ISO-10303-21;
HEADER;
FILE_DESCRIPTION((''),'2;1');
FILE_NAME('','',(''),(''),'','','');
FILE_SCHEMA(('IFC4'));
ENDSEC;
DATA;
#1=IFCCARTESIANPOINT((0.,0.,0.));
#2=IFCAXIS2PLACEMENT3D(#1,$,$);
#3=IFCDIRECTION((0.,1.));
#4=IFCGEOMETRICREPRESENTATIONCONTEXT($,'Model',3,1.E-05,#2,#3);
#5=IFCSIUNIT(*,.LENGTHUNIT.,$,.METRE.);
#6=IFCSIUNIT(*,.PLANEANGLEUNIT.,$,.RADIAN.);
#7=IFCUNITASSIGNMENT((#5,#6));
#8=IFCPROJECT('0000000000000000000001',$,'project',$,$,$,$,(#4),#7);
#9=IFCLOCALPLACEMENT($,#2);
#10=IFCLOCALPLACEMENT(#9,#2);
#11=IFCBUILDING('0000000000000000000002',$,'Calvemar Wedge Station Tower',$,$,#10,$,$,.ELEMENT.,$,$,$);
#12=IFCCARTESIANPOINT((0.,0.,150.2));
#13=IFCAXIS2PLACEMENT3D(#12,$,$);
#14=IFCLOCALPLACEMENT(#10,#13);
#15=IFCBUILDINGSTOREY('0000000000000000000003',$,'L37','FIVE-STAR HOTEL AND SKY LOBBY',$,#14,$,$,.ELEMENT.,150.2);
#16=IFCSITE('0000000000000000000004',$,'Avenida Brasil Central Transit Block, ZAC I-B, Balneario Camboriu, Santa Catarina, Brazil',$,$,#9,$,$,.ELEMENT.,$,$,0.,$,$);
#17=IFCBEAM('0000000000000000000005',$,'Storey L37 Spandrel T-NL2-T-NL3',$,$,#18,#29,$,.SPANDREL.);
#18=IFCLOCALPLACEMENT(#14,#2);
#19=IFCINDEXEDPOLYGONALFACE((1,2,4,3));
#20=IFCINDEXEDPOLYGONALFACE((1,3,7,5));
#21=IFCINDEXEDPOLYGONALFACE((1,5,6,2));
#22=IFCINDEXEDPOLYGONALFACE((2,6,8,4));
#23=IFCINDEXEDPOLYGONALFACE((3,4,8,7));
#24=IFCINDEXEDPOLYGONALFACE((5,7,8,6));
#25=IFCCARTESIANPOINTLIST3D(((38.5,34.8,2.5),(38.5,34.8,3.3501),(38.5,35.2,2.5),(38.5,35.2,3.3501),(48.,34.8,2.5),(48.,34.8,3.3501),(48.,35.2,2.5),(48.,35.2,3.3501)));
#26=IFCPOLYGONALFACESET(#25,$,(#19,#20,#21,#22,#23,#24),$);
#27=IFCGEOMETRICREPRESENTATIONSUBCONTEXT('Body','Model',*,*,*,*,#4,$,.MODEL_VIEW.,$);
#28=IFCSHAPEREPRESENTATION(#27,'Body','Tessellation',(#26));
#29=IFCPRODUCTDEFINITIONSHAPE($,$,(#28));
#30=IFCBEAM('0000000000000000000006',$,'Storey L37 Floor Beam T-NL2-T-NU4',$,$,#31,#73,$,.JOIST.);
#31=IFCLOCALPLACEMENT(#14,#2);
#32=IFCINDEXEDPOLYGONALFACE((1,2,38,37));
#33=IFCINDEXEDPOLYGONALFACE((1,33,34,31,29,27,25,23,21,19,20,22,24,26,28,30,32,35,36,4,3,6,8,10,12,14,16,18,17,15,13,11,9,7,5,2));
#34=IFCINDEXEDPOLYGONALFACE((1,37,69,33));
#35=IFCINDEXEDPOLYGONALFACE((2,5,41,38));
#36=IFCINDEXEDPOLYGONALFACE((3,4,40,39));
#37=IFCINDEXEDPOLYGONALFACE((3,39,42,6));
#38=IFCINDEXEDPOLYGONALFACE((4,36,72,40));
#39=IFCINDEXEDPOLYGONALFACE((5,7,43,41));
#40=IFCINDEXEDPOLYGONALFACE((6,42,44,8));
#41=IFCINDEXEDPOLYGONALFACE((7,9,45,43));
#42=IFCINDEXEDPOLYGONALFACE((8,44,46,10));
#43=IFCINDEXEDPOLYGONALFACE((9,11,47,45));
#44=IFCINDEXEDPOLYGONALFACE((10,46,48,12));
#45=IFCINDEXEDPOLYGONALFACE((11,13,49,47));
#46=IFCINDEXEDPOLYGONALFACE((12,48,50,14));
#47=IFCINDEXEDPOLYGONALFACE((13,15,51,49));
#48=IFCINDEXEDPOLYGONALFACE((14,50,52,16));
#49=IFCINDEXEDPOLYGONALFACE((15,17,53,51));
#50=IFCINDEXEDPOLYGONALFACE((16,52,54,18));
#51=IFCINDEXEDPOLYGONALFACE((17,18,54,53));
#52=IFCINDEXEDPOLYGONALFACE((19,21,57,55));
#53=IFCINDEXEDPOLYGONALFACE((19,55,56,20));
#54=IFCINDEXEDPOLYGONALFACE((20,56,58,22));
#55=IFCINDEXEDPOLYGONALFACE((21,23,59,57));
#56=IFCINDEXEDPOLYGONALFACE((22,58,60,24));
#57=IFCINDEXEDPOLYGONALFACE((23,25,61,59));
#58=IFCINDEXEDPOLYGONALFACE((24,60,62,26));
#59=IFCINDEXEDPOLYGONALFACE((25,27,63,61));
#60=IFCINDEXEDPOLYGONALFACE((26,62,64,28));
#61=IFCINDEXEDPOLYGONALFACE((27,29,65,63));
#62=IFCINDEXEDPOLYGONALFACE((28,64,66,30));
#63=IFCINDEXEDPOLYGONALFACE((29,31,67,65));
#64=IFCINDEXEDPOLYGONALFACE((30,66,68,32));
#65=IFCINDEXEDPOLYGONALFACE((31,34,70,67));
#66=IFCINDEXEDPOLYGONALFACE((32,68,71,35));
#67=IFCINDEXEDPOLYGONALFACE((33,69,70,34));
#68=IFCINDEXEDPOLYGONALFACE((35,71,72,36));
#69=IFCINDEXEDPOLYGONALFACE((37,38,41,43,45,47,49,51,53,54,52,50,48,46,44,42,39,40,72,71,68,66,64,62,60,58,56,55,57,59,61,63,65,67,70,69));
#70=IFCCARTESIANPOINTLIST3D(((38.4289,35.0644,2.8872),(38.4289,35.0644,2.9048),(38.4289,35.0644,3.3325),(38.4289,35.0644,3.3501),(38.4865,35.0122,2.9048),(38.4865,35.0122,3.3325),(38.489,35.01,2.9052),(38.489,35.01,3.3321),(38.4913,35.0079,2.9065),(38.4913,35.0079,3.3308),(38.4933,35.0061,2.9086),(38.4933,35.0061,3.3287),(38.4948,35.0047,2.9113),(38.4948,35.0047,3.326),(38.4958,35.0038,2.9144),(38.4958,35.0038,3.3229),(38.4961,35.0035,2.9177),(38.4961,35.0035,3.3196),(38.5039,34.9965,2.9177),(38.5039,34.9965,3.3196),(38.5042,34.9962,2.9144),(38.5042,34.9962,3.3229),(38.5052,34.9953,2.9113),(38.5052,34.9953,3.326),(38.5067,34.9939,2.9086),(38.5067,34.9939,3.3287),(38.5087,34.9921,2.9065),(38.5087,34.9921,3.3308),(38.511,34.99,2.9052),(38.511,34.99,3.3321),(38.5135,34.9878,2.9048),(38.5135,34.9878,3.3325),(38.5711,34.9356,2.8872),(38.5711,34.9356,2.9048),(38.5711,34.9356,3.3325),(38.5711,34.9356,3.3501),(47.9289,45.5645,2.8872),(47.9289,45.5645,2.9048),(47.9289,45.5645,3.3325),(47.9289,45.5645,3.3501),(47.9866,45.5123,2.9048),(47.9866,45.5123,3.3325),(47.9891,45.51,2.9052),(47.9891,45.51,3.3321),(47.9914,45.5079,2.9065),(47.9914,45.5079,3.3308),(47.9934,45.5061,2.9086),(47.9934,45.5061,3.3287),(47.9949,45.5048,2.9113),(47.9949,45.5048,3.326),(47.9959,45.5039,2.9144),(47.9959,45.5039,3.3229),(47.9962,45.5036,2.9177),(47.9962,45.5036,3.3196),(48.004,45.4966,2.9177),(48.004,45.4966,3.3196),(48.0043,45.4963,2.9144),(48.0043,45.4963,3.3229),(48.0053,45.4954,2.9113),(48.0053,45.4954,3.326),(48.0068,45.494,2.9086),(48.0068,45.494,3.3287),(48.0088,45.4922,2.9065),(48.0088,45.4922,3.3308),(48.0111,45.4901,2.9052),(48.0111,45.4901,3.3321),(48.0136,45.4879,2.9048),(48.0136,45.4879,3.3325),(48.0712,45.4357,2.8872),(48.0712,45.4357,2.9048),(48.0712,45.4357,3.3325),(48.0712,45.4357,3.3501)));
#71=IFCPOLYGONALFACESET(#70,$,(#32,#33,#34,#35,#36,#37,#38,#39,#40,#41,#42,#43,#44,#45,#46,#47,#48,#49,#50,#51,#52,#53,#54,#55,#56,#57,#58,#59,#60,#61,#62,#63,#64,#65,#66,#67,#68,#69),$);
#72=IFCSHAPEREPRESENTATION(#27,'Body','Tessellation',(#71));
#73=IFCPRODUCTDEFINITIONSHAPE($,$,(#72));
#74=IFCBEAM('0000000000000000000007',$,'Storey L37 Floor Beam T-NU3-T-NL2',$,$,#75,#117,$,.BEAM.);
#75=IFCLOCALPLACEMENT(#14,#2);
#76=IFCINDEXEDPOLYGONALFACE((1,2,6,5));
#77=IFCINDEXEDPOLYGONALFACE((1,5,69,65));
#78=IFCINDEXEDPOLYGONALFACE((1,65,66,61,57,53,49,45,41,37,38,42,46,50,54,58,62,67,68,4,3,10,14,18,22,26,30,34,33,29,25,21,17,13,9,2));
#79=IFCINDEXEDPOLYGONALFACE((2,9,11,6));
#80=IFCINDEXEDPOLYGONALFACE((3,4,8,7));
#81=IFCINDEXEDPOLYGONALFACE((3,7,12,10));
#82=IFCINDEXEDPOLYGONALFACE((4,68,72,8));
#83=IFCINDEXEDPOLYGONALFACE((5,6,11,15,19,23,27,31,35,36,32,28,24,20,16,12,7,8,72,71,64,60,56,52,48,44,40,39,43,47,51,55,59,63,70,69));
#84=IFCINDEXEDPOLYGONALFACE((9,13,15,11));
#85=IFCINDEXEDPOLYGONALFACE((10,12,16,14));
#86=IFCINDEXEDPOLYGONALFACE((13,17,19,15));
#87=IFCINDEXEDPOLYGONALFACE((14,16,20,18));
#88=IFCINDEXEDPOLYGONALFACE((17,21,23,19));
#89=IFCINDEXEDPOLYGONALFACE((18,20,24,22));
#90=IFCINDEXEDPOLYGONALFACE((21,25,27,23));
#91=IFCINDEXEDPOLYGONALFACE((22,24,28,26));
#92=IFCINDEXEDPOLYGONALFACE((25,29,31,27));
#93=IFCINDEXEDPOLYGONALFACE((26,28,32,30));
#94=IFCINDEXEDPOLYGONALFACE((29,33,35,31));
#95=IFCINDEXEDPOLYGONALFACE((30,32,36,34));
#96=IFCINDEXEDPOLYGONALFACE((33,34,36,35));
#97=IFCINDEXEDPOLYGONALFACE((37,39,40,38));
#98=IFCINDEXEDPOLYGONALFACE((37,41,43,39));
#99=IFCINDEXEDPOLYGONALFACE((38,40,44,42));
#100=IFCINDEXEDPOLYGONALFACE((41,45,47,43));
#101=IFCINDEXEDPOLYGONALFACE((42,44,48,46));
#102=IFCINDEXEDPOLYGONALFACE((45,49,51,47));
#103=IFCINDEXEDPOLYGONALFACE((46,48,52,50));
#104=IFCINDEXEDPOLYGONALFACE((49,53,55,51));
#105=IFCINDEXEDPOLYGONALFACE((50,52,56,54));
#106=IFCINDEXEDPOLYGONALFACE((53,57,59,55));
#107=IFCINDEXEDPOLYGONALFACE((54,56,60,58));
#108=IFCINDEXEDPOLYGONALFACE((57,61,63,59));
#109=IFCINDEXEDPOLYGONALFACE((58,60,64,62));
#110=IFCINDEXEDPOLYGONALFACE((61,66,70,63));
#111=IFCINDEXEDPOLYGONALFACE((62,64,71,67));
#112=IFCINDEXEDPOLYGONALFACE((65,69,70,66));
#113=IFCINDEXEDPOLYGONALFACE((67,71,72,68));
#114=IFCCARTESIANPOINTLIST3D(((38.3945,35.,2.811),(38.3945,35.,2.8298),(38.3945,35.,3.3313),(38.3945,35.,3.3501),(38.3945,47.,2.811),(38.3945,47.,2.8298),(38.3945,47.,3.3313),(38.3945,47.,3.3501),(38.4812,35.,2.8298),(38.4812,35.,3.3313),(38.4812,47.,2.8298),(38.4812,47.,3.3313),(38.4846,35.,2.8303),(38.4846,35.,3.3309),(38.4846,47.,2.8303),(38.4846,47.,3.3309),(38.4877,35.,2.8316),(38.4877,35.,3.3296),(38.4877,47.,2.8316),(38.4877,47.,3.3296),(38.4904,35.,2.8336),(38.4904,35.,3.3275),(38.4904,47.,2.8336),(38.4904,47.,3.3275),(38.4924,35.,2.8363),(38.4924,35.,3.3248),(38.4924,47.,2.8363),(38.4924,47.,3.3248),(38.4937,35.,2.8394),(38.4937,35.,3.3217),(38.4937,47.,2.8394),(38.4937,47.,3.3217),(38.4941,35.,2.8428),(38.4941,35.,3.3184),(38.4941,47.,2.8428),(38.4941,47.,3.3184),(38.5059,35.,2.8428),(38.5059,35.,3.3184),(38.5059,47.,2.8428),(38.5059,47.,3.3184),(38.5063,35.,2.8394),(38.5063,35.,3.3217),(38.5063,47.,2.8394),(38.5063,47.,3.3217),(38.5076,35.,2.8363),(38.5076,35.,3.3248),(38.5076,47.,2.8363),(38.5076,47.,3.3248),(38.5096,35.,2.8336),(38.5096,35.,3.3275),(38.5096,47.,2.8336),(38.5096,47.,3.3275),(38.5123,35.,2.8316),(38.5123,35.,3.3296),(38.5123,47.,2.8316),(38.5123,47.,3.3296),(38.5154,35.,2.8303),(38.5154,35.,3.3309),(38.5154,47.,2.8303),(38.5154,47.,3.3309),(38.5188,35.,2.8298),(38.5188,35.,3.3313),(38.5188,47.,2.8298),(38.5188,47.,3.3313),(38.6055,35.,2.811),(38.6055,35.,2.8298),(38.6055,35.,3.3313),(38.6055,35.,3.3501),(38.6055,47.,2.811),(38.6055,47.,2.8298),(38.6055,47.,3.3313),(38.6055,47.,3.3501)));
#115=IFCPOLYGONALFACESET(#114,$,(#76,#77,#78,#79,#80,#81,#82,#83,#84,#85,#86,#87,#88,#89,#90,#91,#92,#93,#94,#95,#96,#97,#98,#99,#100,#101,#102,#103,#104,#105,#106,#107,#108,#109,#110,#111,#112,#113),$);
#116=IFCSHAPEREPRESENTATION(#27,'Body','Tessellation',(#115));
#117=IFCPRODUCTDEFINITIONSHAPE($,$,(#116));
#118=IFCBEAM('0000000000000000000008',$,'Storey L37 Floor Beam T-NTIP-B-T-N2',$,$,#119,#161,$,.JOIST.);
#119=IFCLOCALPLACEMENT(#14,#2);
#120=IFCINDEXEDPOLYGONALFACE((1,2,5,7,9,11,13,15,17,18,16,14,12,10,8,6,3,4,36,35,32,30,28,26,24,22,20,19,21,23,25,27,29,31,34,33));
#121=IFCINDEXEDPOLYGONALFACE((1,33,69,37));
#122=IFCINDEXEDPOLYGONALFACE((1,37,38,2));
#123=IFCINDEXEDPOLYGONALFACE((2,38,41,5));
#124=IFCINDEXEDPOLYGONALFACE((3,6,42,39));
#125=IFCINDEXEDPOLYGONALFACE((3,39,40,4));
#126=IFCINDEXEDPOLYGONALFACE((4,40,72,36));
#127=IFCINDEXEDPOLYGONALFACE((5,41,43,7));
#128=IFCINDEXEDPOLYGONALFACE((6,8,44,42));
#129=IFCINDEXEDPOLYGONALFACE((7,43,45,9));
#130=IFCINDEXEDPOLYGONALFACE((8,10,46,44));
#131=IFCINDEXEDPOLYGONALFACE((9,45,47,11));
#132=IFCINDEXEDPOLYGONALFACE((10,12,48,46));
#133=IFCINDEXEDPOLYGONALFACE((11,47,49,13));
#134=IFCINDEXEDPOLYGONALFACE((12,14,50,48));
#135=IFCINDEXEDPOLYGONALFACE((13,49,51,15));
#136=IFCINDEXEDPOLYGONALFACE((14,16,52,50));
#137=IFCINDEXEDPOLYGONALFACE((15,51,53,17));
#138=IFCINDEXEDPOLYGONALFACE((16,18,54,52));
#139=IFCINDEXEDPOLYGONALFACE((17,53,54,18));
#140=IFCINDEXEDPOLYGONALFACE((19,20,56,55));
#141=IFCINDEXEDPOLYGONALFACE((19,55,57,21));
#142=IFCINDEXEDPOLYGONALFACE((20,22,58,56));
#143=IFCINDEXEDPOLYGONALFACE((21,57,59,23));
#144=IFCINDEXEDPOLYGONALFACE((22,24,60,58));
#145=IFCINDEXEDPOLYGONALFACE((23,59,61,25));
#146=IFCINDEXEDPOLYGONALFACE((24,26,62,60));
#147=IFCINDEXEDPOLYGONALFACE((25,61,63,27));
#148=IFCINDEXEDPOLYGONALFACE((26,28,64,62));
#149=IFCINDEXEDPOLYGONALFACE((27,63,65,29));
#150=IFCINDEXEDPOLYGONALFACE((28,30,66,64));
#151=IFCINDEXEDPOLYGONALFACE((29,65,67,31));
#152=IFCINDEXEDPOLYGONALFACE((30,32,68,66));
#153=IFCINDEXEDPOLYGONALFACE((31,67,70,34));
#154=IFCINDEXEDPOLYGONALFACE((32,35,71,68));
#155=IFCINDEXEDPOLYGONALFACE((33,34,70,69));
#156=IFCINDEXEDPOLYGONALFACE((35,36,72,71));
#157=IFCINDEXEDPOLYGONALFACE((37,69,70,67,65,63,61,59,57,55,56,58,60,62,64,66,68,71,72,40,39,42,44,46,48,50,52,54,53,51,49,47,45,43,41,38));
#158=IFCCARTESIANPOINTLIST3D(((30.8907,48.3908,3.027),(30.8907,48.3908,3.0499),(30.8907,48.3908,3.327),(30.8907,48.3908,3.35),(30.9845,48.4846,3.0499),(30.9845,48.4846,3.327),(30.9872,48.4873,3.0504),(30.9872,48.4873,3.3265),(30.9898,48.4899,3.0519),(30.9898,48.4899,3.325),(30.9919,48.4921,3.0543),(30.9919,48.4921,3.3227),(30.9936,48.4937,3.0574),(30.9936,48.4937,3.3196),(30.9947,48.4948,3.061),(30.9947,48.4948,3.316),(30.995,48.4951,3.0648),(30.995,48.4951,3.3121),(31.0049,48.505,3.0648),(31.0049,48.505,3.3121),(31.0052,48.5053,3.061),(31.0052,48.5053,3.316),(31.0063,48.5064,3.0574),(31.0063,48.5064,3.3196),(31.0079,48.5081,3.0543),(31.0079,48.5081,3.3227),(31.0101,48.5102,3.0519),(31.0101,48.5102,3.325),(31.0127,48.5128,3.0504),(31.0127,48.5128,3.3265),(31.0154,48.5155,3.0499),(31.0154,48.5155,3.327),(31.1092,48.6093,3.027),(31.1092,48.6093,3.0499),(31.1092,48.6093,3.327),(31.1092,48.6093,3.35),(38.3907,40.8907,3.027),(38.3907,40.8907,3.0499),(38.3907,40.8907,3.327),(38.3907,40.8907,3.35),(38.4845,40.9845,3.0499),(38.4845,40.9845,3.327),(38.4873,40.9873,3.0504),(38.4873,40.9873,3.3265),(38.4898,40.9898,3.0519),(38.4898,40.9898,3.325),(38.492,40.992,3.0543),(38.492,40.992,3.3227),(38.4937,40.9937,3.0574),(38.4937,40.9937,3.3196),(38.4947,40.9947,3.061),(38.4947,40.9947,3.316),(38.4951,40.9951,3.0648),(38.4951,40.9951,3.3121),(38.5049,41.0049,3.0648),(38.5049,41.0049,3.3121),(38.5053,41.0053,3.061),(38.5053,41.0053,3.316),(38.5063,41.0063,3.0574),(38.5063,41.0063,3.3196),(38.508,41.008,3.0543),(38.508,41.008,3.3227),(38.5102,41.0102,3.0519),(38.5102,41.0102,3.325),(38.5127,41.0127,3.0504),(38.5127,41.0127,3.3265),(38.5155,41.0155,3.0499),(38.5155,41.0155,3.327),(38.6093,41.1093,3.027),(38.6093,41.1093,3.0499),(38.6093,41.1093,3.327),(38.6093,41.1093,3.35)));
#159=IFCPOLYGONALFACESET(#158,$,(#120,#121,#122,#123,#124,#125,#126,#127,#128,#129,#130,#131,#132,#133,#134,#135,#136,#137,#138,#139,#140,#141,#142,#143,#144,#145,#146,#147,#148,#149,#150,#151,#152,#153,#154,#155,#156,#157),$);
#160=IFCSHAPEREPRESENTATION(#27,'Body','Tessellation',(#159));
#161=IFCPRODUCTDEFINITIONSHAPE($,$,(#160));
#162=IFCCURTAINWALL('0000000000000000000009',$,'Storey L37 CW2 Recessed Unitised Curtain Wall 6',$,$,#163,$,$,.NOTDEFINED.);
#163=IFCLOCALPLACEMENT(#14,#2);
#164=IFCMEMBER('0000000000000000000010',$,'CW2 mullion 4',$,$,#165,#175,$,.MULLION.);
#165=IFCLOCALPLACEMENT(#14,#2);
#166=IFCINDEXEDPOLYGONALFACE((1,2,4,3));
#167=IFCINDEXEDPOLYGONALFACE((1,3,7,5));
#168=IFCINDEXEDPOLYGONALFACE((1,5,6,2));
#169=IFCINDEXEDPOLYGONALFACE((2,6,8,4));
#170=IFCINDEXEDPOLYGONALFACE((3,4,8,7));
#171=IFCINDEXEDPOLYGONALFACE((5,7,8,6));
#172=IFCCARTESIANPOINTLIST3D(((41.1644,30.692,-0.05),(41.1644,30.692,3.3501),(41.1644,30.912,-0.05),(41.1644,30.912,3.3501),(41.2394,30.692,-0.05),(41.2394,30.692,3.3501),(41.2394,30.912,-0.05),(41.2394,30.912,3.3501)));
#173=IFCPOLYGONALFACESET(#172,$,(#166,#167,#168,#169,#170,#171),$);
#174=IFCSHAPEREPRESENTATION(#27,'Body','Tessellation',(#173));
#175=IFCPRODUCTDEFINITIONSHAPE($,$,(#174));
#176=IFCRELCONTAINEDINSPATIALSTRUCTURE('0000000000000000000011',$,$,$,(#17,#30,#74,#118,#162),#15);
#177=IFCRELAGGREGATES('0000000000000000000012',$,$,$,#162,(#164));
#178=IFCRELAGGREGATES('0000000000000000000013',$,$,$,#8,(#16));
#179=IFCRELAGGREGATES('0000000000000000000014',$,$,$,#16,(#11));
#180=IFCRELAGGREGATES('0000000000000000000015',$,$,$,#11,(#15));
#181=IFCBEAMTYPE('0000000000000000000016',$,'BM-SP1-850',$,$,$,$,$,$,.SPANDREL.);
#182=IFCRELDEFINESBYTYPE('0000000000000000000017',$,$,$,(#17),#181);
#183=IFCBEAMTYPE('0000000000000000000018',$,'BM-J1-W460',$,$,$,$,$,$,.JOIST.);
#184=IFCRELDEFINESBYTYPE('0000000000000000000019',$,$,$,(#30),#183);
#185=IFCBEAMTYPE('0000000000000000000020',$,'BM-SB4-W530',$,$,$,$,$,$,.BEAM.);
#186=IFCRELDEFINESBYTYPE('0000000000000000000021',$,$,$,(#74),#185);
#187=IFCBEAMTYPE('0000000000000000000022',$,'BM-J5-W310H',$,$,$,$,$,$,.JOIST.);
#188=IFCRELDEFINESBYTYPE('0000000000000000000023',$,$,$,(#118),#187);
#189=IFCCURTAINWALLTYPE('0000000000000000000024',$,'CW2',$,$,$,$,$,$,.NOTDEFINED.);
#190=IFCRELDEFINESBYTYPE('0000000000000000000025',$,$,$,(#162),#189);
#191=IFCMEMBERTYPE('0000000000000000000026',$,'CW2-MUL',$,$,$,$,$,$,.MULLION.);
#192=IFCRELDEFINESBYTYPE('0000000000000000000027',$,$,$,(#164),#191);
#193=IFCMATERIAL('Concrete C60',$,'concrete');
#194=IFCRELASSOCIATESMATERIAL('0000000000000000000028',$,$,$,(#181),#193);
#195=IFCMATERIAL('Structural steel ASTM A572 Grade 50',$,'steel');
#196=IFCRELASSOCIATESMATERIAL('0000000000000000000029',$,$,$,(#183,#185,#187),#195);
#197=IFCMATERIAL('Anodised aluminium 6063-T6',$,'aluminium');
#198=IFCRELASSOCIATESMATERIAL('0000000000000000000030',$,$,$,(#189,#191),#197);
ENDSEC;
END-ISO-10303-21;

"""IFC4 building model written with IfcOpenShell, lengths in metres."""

from ifc_helpers import new_model, si_unit, direction, frame, origin, origin_2d, place, context, subcontext, project, spatial, rectangle, i_section, extrude, source, transform, mapped, material, material_profile, profile_set, type_object, element, aggregate, save


model = new_model("IFC4")

# Units and contexts
model_context = context("Model", 3, precision=1e-05, world=origin(), true_north=direction((0.0, 1.0)))
body_context = subcontext(model_context, "Body", "Model", "MODEL_VIEW")
ifc_project = project(units=[si_unit("LENGTHUNIT", "METRE"), si_unit("PLANEANGLEUNIT", "RADIAN")], contexts=[model_context])

# Site, building, storey
site_placement = place(None, origin())
site = spatial("IfcSite", under=ifc_project, at=site_placement, Name="Avenida Brasil Central Transit Block, ZAC I-B, Balneario Camboriu, Santa Catarina, Brazil", CompositionType="ELEMENT", RefElevation=0.0)
building_placement = place(site_placement, origin())
building = spatial("IfcBuilding", under=site, at=building_placement, Name="Calvemar Wedge Station Tower", CompositionType="ELEMENT")
storey_placement = place(building_placement, frame((0.0, 0.0, 150.2)))
storey = spatial("IfcBuildingStorey", under=building, at=storey_placement, Name="L37", Description="FIVE-STAR HOTEL AND SKY LOBBY", CompositionType="ELEMENT", Elevation=150.2)

# Beams
ifc_material_1 = material(Name="Concrete C60", Category="concrete")
ifc_material_profile_1 = material_profile(ifc_material_1, rectangle(XDim=0.3999, YDim=0.8501, at=origin_2d()), Name="RC400x850")
ifc_profile_set_1 = profile_set([ifc_material_profile_1], Name="Concrete C60")
beam_type_1 = type_object("IfcBeamType", Name="BM-SP1-850", PredefinedType="SPANDREL", material=ifc_profile_set_1)
shared_shape_1 = source(origin(), body_context, "Body", "SweptSolid", [
    extrude(rectangle(XDim=0.3999, YDim=0.8501, at=origin_2d()), origin(), (0.0, 0.0, 1.0), 9.5),
])
beam_1_placement = place(storey_placement, frame((38.5, 35.0, 2.925), z_axis=(1.0, 0.0, 0.0), x_axis=(0.0, 1.0, 0.0)))
element("IfcBeam", 1, at=beam_1_placement, inside=storey, type_object=beam_type_1, Name="Storey L37 Spandrel T-NL2-T-NL3", PredefinedType="SPANDREL", context=body_context, shape_type="MappedRepresentation", body=[
    mapped(shared_shape_1, transform((0.0, 0.0, 0.0), scale=1.0)),
])
ifc_material_2 = material(Name="Structural steel ASTM A572 Grade 50", Category="steel")
ifc_material_profile_2 = material_profile(ifc_material_2, i_section(OverallWidth=0.1919, OverallDepth=0.4629, WebThickness=0.0105, FlangeThickness=0.0176, FilletRadius=0.0129, at=origin_2d()), Name="W460x89")
ifc_profile_set_2 = profile_set([ifc_material_profile_2], Name="Structural steel ASTM A572 Grade 50")
beam_type_2 = type_object("IfcBeamType", Name="BM-J1-W460", PredefinedType="JOIST", material=ifc_profile_set_2)
shared_shape_2 = source(origin(), body_context, "Body", "SweptSolid", [
    extrude(i_section(OverallWidth=0.1919, OverallDepth=0.4629, WebThickness=0.0105, FlangeThickness=0.0176, FilletRadius=0.0129, at=origin_2d()), origin(), (0.0, 0.0, 1.0), 14.1599),
])
beam_2_placement = place(storey_placement, frame((38.5, 35.0, 3.1187), z_axis=(0.670913, 0.741536, 0.0), x_axis=(-0.741536, 0.670913, 0.0)))
element("IfcBeam", 2, at=beam_2_placement, inside=storey, type_object=beam_type_2, Name="Storey L37 Floor Beam T-NL2-T-NU4", PredefinedType="JOIST", context=body_context, shape_type="MappedRepresentation", body=[
    mapped(shared_shape_2, transform((0.0, 0.0, 0.0), scale=1.0)),
])
ifc_material_profile_3 = material_profile(ifc_material_2, i_section(OverallWidth=0.2109, OverallDepth=0.5391, WebThickness=0.0117, FlangeThickness=0.0188, FilletRadius=0.0129, at=origin_2d()), Name="W530x109")
ifc_profile_set_3 = profile_set([ifc_material_profile_3], Name="Structural steel ASTM A572 Grade 50")
beam_type_3 = type_object("IfcBeamType", Name="BM-SB4-W530", PredefinedType="BEAM", material=ifc_profile_set_3)
shared_shape_3 = source(origin(), body_context, "Body", "SweptSolid", [
    extrude(i_section(OverallWidth=0.2109, OverallDepth=0.5391, WebThickness=0.0117, FlangeThickness=0.0188, FilletRadius=0.0129, at=origin_2d()), origin(), (0.0, 0.0, 1.0), 12.0),
])
beam_3_placement = place(storey_placement, frame((38.5, 47.0, 3.0806), z_axis=(0.0, -1.0, 0.0), x_axis=(1.0, 0.0, 0.0)))
element("IfcBeam", 3, at=beam_3_placement, inside=storey, type_object=beam_type_3, Name="Storey L37 Floor Beam T-NU3-T-NL2", PredefinedType="BEAM", context=body_context, shape_type="MappedRepresentation", body=[
    mapped(shared_shape_3, transform((0.0, 0.0, 0.0), scale=1.0)),
])
ifc_material_profile_4 = material_profile(ifc_material_2, i_section(OverallWidth=0.3091, OverallDepth=0.323, WebThickness=0.0139, FlangeThickness=0.0229, FilletRadius=0.0149, at=origin_2d()), Name="W310x143")
ifc_profile_set_4 = profile_set([ifc_material_profile_4], Name="Structural steel ASTM A572 Grade 50")
beam_type_4 = type_object("IfcBeamType", Name="BM-J5-W310H", PredefinedType="JOIST", material=ifc_profile_set_4)
shared_shape_4 = source(origin(), body_context, "Body", "SweptSolid", [
    extrude(i_section(OverallWidth=0.3091, OverallDepth=0.323, WebThickness=0.0139, FlangeThickness=0.0229, FilletRadius=0.0149, at=origin_2d()), origin(), (0.0, 0.0, 1.0), 10.6067),
])
beam_4_placement = place(storey_placement, frame((38.5, 41.0, 3.1885), z_axis=(-0.707107, 0.707107, 0.0), x_axis=(-0.707107, -0.707107, 0.0)))
element("IfcBeam", 4, at=beam_4_placement, inside=storey, type_object=beam_type_4, Name="Storey L37 Floor Beam T-NTIP-B-T-N2", PredefinedType="JOIST", context=body_context, shape_type="MappedRepresentation", body=[
    mapped(shared_shape_4, transform((0.0, 0.0, 0.0), scale=1.0)),
])

# Curtain wall, member
ifc_material_3 = material(Name="Anodised aluminium 6063-T6", Category="aluminium")
curtain_wall_type = type_object("IfcCurtainWallType", Name="CW2", PredefinedType="NOTDEFINED", material=ifc_material_3)
curtain_wall_placement = place(storey_placement, origin())
curtain_wall = element("IfcCurtainWall", 5, at=curtain_wall_placement, inside=storey, type_object=curtain_wall_type, Name="Storey L37 CW2 Recessed Unitised Curtain Wall 6", PredefinedType="NOTDEFINED")
ifc_material_profile_5 = material_profile(ifc_material_3, rectangle(XDim=0.075, YDim=0.22, at=origin_2d()), Name="AL-MUL-75x220")
ifc_profile_set_5 = profile_set([ifc_material_profile_5], Name="Anodised aluminium 6063-T6")
member_type = type_object("IfcMemberType", Name="CW2-MUL", PredefinedType="MULLION", material=ifc_profile_set_5)
shared_shape_5 = source(origin(), body_context, "Body", "SweptSolid", [
    extrude(rectangle(XDim=0.075, YDim=0.22, at=origin_2d()), origin(), (0.0, 0.0, 1.0), 3.4001),
])
member_1_placement = place(storey_placement, frame((41.2019, 30.802, -0.05), z_axis=(0.0, 0.0, 1.0), x_axis=(1.0, 0.0, 0.0)))
member_1 = element("IfcMember", 6, at=member_1_placement, type_object=member_type, Name="CW2 mullion 4", PredefinedType="MULLION", context=body_context, shape_type="MappedRepresentation", body=[
    mapped(shared_shape_5, transform((0.0, 0.0, 0.0), scale=1.0)),
])
aggregate(curtain_wall, [member_1])

save(model, "model.ifc")
